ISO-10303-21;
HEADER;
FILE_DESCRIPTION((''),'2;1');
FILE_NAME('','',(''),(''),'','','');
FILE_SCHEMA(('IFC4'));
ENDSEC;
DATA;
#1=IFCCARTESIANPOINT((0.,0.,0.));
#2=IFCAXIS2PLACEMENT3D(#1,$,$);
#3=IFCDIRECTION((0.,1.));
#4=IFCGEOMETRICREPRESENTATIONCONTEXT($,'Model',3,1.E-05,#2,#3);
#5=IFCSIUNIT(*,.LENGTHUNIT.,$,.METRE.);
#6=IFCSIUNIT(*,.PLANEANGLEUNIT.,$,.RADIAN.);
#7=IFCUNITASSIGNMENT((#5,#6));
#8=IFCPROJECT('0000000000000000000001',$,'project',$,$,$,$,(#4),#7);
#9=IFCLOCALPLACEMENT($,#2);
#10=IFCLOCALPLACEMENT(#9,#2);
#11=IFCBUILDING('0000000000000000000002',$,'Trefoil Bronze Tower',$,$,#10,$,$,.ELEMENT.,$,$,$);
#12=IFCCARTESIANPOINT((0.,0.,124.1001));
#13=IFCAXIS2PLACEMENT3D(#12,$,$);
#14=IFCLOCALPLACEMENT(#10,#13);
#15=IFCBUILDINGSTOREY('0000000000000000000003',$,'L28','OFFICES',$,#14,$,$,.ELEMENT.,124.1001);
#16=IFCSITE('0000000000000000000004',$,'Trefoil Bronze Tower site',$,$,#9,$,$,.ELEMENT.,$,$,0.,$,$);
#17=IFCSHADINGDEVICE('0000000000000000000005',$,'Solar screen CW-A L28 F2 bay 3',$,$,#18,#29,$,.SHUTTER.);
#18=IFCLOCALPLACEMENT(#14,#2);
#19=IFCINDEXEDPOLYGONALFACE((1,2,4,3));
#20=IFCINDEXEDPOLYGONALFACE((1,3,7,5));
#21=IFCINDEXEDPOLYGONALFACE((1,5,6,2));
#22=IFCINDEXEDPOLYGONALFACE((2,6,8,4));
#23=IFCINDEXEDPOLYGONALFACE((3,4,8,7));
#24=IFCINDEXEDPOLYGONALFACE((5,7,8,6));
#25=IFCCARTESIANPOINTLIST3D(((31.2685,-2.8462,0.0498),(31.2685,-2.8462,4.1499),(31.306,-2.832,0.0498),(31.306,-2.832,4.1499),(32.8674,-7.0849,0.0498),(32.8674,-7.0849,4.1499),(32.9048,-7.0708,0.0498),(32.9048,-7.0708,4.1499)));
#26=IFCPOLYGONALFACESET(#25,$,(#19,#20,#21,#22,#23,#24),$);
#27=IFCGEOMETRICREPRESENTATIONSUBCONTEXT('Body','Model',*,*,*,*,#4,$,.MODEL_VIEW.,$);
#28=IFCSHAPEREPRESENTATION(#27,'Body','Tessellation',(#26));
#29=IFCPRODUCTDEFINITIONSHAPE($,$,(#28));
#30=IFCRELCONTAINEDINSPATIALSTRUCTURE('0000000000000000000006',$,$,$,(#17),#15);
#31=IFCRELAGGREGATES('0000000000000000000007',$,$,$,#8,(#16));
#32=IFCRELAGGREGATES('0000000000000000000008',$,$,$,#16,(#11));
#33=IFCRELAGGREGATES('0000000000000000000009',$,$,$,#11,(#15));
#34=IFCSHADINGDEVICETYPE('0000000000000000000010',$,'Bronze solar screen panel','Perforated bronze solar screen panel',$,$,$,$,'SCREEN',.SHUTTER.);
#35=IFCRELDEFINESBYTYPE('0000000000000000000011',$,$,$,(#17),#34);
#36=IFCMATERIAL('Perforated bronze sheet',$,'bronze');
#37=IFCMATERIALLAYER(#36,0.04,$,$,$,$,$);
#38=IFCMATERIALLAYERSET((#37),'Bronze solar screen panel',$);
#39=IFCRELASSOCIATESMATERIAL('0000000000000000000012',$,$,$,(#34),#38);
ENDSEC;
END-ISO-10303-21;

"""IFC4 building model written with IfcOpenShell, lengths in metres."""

from ifc_helpers import new_model, si_unit, direction, frame, origin, origin_2d, place, context, subcontext, project, spatial, rectangle, extrude, material, layer, layer_set, type_object, element, save


model = new_model("IFC4")

# Units and contexts
model_context = context("Model", 3, precision=1e-05, world=origin(), true_north=direction((0.0, 1.0)))
body_context = subcontext(model_context, "Body", "Model", "MODEL_VIEW")
ifc_project = project(units=[si_unit("LENGTHUNIT", "METRE"), si_unit("PLANEANGLEUNIT", "RADIAN")], contexts=[model_context])

# Site, building, storey
site_placement = place(None, origin())
site = spatial("IfcSite", under=ifc_project, at=site_placement, Name="Trefoil Bronze Tower site", CompositionType="ELEMENT", RefElevation=0.0)
building_placement = place(site_placement, origin())
building = spatial("IfcBuilding", under=site, at=building_placement, Name="Trefoil Bronze Tower", CompositionType="ELEMENT")
storey_placement = place(building_placement, frame((0.0, 0.0, 124.1001)))
storey = spatial("IfcBuildingStorey", under=building, at=storey_placement, Name="L28", Description="OFFICES", CompositionType="ELEMENT", Elevation=124.1001)

# Shading device
ifc_material_1 = material(Name="Perforated bronze sheet", Category="bronze")
ifc_layer_1 = layer(ifc_material_1, 0.04)
ifc_layer_set_1 = layer_set([ifc_layer_1], Name="Bronze solar screen panel")
shading_device_type = type_object("IfcShadingDeviceType", Name="Bronze solar screen panel", Description="Perforated bronze solar screen panel", ElementType="SCREEN", PredefinedType="SHUTTER", material=ifc_layer_set_1)
shading_device_1_placement = place(storey_placement, frame((32.0867, -4.9585, 0.0498), z_axis=(0.0, 0.0, 1.0), x_axis=(-0.35292, 0.935654, 0.0)))
element("IfcShadingDevice", 1, at=shading_device_1_placement, inside=storey, type_object=shading_device_type, Name="Solar screen CW-A L28 F2 bay 3", PredefinedType="SHUTTER", context=body_context, shape_type="SweptSolid", body=[
    extrude(rectangle(XDim=4.5303, YDim=0.04, at=origin_2d()), origin(), (0.0, 0.0, 1.0), 4.1001),
])

save(model, "model.ifc")
